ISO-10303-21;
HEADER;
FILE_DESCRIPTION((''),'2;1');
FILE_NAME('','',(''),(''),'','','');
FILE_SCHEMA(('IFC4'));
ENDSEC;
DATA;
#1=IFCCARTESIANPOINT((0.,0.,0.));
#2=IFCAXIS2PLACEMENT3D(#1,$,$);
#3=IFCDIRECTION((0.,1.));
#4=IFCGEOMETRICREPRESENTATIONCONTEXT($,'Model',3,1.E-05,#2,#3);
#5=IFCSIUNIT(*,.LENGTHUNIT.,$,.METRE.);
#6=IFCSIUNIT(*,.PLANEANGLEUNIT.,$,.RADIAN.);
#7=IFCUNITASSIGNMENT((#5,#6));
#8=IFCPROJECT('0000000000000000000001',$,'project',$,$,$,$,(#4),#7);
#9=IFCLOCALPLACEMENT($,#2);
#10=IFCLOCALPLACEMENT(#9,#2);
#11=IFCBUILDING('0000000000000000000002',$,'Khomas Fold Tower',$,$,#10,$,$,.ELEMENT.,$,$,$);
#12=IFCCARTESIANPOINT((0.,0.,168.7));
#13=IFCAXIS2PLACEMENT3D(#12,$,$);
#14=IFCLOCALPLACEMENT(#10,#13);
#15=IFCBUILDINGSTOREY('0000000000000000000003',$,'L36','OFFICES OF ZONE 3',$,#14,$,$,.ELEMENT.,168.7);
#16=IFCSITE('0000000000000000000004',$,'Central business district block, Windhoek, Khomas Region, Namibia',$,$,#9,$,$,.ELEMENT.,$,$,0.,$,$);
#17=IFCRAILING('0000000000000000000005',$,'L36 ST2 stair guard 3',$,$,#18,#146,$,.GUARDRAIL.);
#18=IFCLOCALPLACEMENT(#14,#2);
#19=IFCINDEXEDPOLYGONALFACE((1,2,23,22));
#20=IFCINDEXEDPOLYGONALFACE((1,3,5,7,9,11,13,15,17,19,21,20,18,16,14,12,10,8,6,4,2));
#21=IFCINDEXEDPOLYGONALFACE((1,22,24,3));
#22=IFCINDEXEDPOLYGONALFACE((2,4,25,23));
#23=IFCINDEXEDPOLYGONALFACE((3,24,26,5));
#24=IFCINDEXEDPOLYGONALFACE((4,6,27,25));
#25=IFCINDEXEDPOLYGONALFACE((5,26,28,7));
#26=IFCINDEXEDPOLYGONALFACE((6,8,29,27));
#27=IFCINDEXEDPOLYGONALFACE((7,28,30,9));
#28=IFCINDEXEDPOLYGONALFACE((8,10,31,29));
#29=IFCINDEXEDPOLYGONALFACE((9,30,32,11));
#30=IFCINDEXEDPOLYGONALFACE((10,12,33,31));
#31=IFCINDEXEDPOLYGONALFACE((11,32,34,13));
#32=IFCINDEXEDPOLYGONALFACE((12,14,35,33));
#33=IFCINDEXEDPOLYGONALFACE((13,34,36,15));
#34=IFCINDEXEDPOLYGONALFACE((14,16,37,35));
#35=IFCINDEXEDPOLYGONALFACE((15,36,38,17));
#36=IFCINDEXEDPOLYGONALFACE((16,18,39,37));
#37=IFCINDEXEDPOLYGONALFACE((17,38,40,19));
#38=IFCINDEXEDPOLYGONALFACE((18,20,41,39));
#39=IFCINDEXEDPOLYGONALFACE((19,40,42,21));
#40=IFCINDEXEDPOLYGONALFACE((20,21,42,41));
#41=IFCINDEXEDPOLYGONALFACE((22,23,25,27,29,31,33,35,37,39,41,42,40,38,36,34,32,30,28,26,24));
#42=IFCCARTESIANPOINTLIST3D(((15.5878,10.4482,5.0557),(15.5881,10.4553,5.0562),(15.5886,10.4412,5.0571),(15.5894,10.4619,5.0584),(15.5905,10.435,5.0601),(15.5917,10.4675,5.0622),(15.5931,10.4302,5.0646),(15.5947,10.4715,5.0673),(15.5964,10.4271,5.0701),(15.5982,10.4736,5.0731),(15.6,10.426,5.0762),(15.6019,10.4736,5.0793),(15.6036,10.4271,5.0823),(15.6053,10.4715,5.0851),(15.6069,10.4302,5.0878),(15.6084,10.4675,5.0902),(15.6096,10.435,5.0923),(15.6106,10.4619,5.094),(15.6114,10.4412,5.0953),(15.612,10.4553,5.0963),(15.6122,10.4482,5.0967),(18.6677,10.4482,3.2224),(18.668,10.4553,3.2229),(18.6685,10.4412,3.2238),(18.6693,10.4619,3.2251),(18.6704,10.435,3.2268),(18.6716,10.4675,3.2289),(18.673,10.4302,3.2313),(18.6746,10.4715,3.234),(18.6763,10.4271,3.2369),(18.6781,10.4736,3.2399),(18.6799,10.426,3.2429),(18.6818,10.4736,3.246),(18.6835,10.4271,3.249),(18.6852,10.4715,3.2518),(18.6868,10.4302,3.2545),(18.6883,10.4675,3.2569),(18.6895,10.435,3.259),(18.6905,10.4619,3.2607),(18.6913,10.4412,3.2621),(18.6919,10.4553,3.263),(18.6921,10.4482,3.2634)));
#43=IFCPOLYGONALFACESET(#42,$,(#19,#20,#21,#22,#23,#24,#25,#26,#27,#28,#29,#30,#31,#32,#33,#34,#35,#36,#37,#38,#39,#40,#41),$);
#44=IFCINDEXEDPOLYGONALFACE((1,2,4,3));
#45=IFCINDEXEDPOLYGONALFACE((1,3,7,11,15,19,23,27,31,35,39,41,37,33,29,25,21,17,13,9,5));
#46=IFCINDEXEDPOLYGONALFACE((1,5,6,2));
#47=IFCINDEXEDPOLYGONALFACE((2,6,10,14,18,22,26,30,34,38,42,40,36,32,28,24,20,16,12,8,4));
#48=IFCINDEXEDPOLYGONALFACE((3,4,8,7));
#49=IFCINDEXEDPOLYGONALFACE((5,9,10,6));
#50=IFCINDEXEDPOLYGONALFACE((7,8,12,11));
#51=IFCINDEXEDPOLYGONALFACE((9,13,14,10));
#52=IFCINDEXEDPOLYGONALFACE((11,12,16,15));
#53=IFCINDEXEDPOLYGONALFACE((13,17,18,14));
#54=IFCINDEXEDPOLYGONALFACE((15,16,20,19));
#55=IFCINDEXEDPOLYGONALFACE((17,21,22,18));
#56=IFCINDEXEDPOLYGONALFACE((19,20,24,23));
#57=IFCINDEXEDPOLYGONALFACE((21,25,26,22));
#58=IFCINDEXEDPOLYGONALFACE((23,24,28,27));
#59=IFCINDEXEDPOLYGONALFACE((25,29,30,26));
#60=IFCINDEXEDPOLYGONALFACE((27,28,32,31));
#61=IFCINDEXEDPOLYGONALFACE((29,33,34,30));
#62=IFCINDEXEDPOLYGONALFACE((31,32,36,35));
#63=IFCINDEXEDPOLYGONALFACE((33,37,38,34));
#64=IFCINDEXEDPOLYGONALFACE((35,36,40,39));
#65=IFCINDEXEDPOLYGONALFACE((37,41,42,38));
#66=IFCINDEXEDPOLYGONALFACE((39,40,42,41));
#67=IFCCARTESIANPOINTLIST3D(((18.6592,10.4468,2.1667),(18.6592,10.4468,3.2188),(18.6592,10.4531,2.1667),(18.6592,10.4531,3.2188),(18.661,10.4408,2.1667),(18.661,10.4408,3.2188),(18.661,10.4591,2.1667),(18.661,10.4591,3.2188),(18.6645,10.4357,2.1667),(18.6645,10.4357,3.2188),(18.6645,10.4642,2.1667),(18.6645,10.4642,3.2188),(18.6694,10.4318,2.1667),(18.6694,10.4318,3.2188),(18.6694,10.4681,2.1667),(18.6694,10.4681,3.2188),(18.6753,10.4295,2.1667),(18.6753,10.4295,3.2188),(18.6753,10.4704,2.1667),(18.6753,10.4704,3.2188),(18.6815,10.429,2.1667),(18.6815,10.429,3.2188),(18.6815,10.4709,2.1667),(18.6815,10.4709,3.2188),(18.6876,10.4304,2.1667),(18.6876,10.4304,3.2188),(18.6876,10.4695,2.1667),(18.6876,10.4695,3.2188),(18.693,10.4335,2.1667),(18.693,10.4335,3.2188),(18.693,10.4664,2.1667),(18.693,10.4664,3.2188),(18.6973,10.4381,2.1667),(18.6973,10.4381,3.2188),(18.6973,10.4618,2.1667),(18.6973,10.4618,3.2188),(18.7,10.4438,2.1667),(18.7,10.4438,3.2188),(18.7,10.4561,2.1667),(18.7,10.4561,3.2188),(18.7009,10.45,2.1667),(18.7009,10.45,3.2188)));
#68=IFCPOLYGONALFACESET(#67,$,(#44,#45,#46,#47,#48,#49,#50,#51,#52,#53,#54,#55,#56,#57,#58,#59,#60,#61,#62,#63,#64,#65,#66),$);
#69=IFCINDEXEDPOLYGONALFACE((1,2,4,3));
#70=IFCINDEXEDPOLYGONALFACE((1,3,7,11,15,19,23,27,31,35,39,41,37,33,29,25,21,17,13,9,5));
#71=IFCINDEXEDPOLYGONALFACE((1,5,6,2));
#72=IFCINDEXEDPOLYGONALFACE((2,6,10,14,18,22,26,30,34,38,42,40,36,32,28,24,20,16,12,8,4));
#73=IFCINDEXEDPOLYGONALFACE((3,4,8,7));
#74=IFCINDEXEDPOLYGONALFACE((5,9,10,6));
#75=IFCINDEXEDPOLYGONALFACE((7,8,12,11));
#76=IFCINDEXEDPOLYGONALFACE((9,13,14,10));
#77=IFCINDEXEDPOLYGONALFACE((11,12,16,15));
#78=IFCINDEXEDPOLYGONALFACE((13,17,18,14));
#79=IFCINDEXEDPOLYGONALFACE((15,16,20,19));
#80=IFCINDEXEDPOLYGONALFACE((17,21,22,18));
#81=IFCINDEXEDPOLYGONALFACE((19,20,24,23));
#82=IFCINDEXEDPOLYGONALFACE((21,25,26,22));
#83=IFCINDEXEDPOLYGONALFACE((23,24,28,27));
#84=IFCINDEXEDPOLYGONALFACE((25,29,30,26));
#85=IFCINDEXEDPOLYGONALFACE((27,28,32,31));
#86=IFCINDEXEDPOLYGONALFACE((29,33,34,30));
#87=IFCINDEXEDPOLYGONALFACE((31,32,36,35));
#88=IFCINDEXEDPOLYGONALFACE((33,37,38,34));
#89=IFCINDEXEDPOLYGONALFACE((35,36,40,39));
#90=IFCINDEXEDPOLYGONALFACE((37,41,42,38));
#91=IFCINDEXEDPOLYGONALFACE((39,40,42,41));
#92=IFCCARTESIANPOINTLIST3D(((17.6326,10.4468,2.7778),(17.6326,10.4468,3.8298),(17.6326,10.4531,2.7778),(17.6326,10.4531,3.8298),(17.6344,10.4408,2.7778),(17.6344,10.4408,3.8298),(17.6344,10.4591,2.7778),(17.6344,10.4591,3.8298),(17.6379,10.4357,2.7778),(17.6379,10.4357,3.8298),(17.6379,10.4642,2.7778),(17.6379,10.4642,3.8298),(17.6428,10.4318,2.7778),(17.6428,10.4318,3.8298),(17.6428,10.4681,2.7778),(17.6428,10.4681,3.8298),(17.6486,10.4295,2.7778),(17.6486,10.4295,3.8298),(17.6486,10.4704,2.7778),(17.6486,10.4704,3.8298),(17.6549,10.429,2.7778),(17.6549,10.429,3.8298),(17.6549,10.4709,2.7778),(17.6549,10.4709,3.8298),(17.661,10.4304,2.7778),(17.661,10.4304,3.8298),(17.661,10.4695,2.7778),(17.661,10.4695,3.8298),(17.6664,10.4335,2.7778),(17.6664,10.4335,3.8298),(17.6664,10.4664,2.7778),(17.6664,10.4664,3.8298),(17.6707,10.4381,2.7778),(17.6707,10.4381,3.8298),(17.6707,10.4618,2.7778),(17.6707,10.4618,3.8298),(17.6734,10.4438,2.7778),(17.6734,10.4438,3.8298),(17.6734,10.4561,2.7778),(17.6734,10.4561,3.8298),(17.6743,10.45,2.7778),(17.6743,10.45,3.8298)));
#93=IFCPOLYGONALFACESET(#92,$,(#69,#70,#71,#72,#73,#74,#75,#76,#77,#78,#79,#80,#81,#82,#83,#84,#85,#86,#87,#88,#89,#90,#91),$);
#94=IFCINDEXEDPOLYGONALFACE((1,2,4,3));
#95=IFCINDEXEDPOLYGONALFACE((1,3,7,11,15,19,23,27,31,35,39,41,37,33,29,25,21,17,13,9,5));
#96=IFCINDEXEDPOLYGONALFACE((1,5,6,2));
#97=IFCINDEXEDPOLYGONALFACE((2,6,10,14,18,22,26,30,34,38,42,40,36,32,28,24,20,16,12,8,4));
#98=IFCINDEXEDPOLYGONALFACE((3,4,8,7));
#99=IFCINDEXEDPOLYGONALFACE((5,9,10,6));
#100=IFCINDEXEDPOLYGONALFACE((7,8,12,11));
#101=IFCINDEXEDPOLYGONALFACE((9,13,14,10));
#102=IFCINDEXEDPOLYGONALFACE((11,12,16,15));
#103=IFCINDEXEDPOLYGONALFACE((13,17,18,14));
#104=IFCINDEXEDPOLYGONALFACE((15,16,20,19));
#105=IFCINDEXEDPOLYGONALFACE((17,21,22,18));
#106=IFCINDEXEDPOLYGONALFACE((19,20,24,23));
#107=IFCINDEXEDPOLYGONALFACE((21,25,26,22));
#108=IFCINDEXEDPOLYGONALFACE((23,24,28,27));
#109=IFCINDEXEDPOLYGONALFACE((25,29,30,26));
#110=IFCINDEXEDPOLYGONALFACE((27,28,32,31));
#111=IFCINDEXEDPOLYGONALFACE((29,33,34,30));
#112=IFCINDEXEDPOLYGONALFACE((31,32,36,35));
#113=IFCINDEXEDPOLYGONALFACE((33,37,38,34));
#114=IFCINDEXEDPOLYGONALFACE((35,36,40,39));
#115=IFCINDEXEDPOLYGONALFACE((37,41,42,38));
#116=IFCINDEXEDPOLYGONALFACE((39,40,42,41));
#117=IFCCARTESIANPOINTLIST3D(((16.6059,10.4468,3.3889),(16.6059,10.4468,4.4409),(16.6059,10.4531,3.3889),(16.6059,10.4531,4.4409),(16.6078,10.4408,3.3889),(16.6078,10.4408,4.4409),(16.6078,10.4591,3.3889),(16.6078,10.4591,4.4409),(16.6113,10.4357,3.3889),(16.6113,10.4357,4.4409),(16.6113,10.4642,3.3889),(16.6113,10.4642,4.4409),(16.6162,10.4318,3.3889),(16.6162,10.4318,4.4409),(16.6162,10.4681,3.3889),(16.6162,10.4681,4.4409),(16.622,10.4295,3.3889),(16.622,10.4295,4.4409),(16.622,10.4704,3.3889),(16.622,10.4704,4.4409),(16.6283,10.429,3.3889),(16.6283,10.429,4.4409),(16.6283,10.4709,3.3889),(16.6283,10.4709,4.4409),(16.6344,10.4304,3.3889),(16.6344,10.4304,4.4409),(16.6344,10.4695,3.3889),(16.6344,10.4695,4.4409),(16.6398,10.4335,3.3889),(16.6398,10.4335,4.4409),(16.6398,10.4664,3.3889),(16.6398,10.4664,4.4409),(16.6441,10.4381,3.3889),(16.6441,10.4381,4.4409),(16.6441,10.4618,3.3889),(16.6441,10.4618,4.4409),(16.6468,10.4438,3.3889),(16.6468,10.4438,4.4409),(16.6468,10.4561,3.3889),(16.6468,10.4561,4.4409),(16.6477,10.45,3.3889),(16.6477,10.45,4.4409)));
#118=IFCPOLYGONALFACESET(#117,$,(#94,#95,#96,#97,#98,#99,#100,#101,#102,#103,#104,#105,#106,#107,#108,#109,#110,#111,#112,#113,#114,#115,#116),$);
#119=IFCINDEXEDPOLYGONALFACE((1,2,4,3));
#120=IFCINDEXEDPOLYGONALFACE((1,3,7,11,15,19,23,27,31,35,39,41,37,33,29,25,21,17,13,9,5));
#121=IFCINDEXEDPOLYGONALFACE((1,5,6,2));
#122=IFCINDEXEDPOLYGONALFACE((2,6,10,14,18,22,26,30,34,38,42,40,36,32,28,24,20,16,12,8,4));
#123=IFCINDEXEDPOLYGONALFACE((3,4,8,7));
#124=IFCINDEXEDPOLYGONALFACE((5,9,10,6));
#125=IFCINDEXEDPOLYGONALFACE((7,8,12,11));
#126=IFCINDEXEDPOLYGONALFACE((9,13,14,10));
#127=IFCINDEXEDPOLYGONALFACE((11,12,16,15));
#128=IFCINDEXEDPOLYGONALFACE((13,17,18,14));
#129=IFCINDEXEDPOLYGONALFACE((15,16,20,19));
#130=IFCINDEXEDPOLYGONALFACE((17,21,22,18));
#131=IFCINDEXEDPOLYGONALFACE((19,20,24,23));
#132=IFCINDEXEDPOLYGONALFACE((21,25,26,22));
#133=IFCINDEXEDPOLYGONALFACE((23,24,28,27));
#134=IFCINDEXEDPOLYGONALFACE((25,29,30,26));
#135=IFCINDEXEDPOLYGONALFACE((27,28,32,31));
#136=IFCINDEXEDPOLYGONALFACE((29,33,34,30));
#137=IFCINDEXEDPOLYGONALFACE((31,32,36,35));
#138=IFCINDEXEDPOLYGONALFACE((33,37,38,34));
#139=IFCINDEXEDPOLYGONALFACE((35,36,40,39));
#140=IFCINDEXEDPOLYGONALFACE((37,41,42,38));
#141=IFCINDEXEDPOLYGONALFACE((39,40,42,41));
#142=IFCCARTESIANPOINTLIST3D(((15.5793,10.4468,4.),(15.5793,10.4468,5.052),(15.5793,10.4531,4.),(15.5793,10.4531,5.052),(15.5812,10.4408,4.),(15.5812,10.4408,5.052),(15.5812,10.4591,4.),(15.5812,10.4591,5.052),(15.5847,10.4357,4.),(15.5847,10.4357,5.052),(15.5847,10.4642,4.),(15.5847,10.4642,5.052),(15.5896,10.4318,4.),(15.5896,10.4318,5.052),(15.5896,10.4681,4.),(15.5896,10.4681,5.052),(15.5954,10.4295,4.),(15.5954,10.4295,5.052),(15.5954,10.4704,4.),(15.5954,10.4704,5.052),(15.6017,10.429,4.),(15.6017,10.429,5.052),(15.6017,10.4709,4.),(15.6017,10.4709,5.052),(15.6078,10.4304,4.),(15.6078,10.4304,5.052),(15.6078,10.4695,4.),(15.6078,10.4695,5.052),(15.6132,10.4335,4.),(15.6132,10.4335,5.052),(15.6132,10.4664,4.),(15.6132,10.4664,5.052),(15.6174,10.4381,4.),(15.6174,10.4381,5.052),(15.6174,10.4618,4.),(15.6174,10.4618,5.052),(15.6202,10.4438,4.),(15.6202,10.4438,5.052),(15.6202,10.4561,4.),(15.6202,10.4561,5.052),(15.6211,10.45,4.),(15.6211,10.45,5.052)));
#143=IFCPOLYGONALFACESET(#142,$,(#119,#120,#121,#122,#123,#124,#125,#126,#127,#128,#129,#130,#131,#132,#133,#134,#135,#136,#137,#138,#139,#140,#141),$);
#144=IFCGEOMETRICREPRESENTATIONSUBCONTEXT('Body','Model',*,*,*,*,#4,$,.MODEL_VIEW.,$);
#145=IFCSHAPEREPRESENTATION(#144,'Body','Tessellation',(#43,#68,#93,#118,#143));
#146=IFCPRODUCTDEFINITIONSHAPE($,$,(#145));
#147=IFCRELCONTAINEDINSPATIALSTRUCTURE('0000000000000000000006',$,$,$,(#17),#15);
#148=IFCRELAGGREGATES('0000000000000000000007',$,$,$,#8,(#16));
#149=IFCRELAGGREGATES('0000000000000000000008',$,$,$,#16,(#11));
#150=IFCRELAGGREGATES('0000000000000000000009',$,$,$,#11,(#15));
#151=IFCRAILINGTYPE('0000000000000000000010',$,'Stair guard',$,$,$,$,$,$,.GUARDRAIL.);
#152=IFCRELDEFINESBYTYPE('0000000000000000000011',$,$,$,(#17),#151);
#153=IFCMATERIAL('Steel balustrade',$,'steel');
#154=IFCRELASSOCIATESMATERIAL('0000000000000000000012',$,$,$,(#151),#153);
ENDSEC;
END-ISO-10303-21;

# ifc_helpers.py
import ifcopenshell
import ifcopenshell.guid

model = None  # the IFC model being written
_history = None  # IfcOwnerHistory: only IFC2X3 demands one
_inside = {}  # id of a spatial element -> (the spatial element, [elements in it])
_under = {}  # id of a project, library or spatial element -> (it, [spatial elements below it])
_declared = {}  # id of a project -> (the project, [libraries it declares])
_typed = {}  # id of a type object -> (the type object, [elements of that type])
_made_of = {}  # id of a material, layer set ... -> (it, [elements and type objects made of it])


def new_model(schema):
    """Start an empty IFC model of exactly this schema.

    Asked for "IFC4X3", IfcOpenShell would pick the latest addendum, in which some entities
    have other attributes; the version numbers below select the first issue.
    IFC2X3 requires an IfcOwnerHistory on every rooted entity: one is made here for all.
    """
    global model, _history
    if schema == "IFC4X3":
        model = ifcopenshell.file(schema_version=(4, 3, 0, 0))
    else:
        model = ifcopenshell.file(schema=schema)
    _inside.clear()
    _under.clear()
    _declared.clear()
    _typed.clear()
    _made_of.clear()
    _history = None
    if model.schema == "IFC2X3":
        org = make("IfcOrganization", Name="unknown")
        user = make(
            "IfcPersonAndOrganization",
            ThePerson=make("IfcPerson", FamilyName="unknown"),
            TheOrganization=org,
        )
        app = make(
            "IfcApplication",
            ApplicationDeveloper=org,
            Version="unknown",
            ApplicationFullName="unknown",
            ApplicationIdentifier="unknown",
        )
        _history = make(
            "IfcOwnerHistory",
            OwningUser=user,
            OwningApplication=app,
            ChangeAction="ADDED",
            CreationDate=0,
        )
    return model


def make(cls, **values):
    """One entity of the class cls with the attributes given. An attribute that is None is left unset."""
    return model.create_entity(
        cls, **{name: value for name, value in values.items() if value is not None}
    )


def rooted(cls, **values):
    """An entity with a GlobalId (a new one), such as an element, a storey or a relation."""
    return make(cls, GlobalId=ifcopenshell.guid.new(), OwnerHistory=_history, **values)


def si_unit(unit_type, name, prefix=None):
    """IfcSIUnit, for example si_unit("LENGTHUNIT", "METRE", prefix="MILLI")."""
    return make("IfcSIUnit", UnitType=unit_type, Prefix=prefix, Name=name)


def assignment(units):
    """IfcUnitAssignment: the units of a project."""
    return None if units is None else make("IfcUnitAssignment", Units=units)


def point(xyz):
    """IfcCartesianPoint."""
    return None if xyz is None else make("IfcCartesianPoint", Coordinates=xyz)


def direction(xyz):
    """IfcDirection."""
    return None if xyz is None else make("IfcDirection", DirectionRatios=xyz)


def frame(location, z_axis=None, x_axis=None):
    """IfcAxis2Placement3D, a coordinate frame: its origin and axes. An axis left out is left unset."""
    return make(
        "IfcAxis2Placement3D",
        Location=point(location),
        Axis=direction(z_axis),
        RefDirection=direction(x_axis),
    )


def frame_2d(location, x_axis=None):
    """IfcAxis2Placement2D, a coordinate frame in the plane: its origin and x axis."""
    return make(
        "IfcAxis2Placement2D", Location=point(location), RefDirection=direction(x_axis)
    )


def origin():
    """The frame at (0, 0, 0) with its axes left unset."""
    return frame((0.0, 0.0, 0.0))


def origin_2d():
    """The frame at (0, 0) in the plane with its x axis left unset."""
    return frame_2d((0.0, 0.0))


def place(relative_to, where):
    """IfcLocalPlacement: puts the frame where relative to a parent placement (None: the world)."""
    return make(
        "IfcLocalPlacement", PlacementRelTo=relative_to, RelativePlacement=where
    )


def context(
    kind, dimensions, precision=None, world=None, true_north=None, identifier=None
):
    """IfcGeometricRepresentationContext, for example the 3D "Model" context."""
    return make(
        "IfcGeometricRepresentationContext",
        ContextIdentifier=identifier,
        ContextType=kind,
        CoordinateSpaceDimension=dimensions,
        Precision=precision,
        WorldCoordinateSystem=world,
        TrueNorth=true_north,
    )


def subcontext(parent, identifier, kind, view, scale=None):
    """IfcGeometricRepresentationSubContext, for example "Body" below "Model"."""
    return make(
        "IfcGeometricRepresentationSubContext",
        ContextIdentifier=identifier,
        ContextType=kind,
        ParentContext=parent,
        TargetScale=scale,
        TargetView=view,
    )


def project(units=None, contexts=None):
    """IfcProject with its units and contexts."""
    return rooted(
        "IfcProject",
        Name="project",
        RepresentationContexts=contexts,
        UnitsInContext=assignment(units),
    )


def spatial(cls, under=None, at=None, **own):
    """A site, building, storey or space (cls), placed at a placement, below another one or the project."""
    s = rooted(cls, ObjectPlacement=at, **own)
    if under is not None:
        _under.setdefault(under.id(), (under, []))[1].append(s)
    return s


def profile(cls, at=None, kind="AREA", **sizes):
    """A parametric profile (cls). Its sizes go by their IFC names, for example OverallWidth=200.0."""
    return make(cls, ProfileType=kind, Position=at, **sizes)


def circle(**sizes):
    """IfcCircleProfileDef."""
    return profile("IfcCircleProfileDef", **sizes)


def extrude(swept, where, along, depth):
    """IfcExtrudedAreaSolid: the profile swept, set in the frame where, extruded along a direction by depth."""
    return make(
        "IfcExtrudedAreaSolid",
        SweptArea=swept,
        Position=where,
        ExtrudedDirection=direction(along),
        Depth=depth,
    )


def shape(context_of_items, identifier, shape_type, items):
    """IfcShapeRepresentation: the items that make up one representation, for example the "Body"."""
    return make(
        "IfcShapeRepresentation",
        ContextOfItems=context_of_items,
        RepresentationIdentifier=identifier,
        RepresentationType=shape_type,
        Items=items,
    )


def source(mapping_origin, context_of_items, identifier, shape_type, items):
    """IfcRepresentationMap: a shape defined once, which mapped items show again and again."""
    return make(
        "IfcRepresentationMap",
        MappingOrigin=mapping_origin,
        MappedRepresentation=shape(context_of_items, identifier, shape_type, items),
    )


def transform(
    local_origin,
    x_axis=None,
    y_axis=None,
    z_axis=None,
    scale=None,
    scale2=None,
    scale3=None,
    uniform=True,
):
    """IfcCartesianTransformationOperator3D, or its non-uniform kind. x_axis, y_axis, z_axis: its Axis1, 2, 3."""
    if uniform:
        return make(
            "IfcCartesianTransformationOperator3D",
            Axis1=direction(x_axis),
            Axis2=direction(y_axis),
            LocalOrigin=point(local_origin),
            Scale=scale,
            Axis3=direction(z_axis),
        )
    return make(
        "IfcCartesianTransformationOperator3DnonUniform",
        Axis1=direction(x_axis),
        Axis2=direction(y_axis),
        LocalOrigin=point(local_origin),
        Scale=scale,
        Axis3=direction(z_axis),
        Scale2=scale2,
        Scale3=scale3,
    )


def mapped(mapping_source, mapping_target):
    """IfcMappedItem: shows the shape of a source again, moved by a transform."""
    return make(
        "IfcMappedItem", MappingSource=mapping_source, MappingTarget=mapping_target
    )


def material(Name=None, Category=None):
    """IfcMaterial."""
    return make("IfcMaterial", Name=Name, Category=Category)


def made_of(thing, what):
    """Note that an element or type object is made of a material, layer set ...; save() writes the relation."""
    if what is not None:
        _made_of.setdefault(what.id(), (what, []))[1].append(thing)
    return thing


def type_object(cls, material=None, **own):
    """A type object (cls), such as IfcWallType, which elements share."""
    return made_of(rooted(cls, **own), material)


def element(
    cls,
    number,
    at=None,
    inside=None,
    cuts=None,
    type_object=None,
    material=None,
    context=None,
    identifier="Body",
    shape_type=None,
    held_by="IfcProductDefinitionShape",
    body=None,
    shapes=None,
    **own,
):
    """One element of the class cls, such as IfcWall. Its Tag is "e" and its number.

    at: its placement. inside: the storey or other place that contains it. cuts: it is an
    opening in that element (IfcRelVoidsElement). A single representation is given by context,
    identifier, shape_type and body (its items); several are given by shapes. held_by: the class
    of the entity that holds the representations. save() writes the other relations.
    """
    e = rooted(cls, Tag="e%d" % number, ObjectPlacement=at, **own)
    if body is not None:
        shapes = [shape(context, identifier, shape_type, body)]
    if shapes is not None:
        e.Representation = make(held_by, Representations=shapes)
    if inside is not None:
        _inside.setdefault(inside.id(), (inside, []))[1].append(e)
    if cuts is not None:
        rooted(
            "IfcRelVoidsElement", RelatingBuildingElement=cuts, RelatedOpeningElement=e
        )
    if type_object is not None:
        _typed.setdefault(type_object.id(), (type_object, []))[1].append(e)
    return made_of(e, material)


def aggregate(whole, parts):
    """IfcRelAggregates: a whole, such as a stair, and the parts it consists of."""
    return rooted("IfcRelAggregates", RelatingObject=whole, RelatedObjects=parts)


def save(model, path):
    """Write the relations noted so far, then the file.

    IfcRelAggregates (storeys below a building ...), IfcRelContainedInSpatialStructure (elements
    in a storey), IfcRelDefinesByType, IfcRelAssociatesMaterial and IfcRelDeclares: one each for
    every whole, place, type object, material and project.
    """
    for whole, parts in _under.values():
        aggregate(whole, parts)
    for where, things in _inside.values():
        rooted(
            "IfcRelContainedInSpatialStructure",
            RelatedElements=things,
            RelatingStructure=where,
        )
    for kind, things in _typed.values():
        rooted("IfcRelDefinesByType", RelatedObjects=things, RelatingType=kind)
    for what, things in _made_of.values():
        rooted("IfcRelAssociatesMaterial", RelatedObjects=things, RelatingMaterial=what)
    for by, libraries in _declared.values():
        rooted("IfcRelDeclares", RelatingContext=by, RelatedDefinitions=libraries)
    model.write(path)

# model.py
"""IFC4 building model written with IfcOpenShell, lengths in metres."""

from ifc_helpers import new_model, si_unit, direction, frame, origin, origin_2d, place, context, subcontext, project, spatial, circle, extrude, source, transform, mapped, material, type_object, element, save


model = new_model("IFC4")

# Units and contexts
model_context = context("Model", 3, precision=1e-05, world=origin(), true_north=direction((0.0, 1.0)))
body_context = subcontext(model_context, "Body", "Model", "MODEL_VIEW")
ifc_project = project(units=[si_unit("LENGTHUNIT", "METRE"), si_unit("PLANEANGLEUNIT", "RADIAN")], contexts=[model_context])

# Site, building, storey
site_placement = place(None, origin())
site = spatial("IfcSite", under=ifc_project, at=site_placement, Name="Central business district block, Windhoek, Khomas Region, Namibia", CompositionType="ELEMENT", RefElevation=0.0)
building_placement = place(site_placement, origin())
building = spatial("IfcBuilding", under=site, at=building_placement, Name="Khomas Fold Tower", CompositionType="ELEMENT")
storey_placement = place(building_placement, frame((0.0, 0.0, 168.7)))
storey = spatial("IfcBuildingStorey", under=building, at=storey_placement, Name="L36", Description="OFFICES OF ZONE 3", CompositionType="ELEMENT", Elevation=168.7)

# Railing
ifc_material_1 = material(Name="Steel balustrade", Category="steel")
railing_type_1 = type_object("IfcRailingType", Name="Stair guard", PredefinedType="GUARDRAIL", material=ifc_material_1)
shared_shape_1 = source(origin(), body_context, "Body", "SweptSolid", [
    extrude(circle(Radius=0.0239, at=origin_2d()), frame((0.0, 0.0, 1.0762), z_axis=(-0.859291, 0.0, 0.511487), x_axis=(0.0, -1.0, 0.0)), (0.0, 0.0, 1.0), 3.5842),
    extrude(circle(Radius=0.021, at=origin_2d()), origin(), (0.0, 0.0, 1.0), 1.052),
    extrude(circle(Radius=0.021, at=origin_2d()), frame((-1.0266, 0.0, 0.6111)), (0.0, 0.0, 1.0), 1.052),
    extrude(circle(Radius=0.021, at=origin_2d()), frame((-2.0532, 0.0, 1.2222)), (0.0, 0.0, 1.0), 1.052),
    extrude(circle(Radius=0.021, at=origin_2d()), frame((-3.0798, 0.0, 1.8333)), (0.0, 0.0, 1.0), 1.052),
])
railing_1_placement = place(storey_placement, frame((18.6799, 10.45, 2.1667)))
element("IfcRailing", 1, at=railing_1_placement, inside=storey, type_object=railing_type_1, Name="L36 ST2 stair guard 3", PredefinedType="GUARDRAIL", context=body_context, shape_type="MappedRepresentation", body=[
    mapped(shared_shape_1, transform((0.0, 0.0, 0.0))),
])

save(model, "model.ifc")
